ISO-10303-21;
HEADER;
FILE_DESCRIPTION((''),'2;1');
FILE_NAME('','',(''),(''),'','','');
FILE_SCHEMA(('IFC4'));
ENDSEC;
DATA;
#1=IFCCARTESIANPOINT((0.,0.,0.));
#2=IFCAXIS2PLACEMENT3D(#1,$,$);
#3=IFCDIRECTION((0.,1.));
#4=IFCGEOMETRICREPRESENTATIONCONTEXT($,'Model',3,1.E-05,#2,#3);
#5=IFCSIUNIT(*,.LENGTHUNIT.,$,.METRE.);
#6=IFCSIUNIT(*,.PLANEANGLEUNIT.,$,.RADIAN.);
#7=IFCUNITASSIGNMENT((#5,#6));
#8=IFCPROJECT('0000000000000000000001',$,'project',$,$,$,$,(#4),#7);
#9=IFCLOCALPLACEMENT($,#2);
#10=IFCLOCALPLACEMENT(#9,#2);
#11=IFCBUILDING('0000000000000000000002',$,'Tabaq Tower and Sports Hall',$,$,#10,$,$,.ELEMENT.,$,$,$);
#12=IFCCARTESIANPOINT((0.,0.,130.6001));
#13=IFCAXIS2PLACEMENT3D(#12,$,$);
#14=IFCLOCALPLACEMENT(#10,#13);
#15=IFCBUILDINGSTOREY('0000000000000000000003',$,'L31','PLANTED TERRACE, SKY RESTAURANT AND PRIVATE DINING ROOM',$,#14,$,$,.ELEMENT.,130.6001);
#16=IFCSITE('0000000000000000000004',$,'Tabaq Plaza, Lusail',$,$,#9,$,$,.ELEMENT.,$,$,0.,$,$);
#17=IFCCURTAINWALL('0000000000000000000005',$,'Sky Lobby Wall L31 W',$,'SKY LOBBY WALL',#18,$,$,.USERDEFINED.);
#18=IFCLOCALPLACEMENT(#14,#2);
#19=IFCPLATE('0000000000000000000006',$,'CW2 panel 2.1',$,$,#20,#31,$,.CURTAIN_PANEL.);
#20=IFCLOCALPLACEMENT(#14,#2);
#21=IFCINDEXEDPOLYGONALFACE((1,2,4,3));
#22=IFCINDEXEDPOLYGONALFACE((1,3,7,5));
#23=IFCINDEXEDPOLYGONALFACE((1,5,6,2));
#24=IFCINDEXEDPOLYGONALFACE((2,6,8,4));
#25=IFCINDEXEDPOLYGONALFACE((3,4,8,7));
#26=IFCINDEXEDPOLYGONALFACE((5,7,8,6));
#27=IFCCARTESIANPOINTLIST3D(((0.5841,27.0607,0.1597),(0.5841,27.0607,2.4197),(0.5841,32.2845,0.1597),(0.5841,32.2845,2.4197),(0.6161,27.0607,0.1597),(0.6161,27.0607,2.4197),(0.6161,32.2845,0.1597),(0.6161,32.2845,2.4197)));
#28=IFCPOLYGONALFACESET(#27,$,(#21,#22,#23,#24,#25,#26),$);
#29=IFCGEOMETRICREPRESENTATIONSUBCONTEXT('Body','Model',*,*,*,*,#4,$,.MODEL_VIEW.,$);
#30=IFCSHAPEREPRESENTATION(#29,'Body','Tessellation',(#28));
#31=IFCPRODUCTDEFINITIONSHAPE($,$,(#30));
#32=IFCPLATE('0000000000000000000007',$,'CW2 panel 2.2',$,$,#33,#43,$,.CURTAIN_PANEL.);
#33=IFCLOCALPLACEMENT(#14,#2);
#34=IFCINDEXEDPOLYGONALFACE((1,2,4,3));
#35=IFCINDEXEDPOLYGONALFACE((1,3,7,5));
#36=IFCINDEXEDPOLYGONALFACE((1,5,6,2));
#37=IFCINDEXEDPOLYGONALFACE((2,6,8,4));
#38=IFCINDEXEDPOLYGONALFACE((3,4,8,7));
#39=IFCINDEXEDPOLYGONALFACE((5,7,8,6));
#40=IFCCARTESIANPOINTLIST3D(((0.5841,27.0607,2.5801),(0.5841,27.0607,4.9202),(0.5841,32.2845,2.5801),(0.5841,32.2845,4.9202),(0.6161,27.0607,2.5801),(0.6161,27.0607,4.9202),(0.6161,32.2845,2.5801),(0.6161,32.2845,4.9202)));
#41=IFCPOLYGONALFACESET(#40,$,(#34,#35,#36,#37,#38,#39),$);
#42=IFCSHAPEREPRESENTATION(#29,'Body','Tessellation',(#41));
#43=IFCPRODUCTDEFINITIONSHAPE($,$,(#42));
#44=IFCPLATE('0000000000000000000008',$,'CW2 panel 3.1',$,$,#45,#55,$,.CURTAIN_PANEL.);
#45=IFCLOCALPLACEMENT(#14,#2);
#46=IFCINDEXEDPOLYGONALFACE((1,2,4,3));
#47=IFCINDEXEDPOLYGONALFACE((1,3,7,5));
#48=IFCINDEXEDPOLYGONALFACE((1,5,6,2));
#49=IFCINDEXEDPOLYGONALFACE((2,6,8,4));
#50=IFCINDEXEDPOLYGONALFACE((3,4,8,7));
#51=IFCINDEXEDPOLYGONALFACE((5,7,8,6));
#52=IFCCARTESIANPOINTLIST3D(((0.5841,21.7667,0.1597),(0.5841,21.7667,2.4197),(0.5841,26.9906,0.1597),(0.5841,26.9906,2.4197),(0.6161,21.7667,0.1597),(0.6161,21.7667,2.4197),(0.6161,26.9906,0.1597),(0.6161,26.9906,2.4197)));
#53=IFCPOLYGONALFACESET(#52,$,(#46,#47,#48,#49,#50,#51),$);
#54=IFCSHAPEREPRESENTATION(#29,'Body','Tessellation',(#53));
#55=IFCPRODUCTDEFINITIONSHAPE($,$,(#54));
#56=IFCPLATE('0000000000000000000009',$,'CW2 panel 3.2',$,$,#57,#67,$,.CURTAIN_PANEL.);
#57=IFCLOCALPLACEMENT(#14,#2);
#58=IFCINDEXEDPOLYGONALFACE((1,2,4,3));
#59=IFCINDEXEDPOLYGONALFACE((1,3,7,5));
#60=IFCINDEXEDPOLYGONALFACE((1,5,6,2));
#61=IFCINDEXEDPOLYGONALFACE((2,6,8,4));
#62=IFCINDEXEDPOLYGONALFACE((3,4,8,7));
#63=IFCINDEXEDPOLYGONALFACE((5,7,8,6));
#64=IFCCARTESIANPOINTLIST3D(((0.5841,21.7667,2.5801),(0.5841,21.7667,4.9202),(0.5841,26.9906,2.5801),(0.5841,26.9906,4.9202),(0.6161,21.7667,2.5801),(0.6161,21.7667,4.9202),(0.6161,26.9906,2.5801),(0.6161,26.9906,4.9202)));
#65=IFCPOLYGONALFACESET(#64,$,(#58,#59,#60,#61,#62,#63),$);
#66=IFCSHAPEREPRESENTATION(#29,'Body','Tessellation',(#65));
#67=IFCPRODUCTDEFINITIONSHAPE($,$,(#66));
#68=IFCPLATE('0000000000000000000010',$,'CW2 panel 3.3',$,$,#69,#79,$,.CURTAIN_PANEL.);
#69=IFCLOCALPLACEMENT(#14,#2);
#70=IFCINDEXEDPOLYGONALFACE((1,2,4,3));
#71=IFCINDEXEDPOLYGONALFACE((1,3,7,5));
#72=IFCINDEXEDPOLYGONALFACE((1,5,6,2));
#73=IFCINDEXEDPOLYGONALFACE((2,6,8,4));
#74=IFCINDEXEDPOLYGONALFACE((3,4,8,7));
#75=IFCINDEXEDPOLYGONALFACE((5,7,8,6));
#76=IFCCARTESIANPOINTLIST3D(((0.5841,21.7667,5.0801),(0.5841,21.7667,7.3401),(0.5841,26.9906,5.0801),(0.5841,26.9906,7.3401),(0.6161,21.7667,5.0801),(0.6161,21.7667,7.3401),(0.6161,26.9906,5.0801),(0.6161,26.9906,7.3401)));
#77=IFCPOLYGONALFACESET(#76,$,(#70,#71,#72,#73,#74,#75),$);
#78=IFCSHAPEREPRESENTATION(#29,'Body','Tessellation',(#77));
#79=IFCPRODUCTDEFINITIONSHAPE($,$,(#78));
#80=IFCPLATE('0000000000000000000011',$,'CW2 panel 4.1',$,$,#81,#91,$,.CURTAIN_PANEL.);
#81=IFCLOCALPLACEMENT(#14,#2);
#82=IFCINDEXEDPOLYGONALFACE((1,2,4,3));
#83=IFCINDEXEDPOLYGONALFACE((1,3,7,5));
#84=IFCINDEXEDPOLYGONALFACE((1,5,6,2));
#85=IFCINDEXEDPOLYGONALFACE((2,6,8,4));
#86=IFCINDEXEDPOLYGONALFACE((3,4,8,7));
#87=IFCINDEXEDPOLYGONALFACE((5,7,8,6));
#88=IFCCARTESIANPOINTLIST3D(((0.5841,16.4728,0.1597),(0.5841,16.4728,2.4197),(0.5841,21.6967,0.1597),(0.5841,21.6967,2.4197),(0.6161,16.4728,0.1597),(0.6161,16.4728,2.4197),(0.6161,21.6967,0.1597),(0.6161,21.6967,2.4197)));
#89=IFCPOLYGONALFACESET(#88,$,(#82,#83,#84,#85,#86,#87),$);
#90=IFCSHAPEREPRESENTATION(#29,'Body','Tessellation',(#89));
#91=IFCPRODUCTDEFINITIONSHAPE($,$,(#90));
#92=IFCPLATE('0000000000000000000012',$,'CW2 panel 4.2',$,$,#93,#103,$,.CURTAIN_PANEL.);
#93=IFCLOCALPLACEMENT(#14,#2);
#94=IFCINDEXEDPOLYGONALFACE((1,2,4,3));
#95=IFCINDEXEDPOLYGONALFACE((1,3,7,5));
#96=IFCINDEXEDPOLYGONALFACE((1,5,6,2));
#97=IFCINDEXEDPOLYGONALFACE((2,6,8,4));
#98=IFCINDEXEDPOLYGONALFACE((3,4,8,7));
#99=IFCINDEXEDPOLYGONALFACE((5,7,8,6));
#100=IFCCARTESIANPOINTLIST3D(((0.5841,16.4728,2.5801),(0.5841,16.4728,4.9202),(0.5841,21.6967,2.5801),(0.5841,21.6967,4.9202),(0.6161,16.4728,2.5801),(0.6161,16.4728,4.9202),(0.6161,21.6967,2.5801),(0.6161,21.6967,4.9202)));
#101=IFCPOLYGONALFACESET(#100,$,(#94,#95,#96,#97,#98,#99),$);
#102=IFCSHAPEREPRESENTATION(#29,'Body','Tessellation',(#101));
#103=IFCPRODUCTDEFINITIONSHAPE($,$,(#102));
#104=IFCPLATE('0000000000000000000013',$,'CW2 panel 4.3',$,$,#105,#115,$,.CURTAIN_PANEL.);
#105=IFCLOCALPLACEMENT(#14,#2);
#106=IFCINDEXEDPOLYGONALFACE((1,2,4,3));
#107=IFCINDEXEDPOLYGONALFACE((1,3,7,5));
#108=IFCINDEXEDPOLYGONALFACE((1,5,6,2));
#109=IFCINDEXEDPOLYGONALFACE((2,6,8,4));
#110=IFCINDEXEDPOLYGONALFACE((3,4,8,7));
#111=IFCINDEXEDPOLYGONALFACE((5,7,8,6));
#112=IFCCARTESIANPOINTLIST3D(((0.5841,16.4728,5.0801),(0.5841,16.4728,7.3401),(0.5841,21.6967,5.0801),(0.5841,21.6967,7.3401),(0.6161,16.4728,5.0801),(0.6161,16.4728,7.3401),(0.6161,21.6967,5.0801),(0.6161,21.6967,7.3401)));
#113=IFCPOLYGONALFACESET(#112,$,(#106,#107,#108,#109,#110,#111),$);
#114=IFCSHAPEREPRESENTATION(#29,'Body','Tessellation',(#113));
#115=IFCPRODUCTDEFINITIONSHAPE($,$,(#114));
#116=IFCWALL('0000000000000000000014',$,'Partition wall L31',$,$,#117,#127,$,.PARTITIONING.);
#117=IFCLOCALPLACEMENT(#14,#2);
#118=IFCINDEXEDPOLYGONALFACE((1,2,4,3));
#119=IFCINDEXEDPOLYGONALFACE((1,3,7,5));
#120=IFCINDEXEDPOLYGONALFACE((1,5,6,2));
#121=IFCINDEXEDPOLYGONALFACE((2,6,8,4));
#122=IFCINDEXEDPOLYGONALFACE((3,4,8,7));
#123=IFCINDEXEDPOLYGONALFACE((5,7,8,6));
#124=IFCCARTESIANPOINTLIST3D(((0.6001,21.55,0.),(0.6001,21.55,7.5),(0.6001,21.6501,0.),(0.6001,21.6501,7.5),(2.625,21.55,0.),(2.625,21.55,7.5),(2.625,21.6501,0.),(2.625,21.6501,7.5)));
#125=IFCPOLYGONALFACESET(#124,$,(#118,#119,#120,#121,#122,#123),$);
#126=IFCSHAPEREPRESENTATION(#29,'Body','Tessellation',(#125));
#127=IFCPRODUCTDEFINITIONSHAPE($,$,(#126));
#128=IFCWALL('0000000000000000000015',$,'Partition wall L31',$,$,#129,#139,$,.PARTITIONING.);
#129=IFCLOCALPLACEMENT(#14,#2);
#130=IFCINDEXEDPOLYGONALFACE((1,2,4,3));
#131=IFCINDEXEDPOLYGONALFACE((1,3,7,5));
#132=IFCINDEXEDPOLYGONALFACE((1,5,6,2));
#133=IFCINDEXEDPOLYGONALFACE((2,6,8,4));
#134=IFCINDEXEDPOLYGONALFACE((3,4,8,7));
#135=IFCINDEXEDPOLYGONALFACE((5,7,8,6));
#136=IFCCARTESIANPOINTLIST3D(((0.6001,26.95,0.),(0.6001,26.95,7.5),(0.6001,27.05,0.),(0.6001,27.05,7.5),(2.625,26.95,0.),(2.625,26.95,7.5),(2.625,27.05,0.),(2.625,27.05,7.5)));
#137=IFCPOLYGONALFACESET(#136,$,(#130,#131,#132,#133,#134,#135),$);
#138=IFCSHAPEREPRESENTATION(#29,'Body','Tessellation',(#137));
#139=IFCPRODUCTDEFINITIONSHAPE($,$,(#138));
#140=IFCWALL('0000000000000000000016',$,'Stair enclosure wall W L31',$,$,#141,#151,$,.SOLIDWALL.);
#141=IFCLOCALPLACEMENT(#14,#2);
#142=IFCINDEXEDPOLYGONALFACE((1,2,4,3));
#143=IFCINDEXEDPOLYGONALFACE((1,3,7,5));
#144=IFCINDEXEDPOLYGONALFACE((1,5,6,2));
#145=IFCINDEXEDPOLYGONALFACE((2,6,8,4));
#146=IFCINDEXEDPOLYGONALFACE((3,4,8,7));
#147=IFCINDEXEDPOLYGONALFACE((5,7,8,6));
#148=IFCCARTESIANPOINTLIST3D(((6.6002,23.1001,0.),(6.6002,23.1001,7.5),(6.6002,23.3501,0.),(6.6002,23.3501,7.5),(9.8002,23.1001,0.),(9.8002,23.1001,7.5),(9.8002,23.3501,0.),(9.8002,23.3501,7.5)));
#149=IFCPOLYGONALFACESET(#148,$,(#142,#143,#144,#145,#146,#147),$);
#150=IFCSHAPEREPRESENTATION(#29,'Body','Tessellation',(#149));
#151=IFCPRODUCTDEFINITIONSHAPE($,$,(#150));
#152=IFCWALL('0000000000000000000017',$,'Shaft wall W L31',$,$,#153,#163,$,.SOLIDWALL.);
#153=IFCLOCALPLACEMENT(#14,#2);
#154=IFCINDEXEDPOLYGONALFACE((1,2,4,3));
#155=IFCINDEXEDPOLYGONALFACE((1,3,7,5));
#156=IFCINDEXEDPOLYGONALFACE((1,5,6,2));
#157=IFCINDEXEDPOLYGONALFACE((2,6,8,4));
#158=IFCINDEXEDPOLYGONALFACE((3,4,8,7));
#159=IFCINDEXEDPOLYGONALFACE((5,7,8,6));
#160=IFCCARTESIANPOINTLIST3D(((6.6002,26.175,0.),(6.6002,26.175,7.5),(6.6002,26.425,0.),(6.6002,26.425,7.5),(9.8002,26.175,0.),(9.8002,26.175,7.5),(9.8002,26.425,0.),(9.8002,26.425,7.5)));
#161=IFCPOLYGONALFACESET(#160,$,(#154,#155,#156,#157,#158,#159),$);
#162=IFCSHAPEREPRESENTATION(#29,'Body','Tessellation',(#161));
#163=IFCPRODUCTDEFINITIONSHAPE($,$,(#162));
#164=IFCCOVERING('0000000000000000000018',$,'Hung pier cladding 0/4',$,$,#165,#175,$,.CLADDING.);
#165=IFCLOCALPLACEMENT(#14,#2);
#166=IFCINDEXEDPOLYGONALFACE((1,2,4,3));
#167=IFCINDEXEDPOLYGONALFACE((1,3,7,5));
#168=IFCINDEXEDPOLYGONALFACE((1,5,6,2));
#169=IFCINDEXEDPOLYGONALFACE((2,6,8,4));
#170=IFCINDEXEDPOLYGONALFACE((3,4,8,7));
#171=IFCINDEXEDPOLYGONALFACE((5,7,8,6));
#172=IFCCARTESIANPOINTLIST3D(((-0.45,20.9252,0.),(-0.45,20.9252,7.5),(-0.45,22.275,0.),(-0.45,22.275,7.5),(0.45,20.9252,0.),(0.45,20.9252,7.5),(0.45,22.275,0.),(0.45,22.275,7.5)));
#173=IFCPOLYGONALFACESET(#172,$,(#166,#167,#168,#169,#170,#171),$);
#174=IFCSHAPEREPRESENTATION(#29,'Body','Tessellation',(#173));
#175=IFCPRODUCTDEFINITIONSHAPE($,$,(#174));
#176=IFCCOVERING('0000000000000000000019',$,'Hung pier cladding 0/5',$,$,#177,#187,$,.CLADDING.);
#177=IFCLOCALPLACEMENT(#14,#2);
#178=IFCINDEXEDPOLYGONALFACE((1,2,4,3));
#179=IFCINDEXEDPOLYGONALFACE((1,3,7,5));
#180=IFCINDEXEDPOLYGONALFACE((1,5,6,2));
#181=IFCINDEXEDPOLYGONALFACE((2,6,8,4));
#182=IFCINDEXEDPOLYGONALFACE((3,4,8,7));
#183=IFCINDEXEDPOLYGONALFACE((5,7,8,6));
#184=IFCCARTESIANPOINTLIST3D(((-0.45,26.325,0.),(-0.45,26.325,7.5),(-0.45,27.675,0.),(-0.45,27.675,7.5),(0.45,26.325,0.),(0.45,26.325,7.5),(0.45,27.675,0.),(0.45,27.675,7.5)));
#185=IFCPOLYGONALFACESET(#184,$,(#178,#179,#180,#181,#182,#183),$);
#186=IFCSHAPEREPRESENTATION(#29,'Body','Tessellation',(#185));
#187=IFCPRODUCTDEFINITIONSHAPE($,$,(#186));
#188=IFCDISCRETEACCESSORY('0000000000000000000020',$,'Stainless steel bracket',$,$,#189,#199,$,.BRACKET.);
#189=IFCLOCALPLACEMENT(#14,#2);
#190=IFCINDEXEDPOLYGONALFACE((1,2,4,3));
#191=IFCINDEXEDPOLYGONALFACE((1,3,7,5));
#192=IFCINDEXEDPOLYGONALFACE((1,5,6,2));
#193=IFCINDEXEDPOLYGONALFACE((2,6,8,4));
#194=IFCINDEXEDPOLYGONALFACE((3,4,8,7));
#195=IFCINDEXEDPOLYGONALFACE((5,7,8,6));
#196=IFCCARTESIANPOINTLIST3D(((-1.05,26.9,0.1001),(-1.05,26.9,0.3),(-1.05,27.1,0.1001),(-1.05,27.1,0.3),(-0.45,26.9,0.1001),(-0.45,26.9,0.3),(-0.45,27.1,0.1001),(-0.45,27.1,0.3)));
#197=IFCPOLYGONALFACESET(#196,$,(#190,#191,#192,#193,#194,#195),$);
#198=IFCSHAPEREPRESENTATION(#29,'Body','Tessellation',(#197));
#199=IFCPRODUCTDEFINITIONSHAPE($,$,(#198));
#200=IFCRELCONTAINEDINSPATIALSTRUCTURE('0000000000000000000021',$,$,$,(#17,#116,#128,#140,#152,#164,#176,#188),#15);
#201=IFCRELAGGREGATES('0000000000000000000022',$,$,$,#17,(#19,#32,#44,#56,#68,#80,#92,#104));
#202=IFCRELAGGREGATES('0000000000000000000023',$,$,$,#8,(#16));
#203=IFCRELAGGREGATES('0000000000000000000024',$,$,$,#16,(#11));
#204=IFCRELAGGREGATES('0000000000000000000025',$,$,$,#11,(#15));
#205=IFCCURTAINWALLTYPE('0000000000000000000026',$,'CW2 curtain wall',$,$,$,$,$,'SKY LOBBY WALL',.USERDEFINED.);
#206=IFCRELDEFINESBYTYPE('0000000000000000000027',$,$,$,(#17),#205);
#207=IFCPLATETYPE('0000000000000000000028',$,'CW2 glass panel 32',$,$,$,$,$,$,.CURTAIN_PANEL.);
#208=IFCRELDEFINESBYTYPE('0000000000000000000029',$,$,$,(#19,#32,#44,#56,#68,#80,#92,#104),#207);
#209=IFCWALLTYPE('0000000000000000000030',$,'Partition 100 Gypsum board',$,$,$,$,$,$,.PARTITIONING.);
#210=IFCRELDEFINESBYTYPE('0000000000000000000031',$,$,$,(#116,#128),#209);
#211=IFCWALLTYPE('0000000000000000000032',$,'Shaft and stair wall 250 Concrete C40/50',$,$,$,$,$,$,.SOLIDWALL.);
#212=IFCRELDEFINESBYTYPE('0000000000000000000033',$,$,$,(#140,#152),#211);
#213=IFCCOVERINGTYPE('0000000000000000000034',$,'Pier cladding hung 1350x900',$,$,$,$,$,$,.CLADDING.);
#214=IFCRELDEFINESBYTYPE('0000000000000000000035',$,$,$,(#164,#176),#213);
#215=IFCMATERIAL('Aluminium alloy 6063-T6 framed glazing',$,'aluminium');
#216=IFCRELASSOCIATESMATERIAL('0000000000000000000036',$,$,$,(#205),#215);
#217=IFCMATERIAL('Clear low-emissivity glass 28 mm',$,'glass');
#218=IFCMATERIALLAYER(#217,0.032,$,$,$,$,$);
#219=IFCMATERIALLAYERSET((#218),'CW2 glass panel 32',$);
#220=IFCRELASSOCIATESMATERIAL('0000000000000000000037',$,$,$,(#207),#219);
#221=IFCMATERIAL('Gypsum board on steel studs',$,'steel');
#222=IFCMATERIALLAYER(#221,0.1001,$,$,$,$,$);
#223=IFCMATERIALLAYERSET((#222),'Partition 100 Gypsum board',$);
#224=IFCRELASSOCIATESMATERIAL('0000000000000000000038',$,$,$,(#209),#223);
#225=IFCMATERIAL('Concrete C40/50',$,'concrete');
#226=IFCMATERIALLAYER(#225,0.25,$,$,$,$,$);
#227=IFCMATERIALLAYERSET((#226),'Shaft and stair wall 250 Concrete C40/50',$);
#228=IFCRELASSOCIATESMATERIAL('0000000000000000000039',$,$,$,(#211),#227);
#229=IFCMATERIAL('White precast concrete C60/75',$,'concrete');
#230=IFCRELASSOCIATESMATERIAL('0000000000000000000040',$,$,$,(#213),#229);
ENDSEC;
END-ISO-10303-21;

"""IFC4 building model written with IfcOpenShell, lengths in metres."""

from ifc_helpers import new_model, si_unit, direction, frame, frame_2d, origin, origin_2d, place, context, subcontext, project, spatial, rectangle, extrude, material, layer, layer_set, type_object, element, aggregate, save


model = new_model("IFC4")

# Units and contexts
model_context = context("Model", 3, precision=1e-05, world=origin(), true_north=direction((0.0, 1.0)))
body_context = subcontext(model_context, "Body", "Model", "MODEL_VIEW")
ifc_project = project(units=[si_unit("LENGTHUNIT", "METRE"), si_unit("PLANEANGLEUNIT", "RADIAN")], contexts=[model_context])

# Site, building, storey
site_placement = place(None, origin())
site = spatial("IfcSite", under=ifc_project, at=site_placement, Name="Tabaq Plaza, Lusail", CompositionType="ELEMENT", RefElevation=0.0)
building_placement = place(site_placement, origin())
building = spatial("IfcBuilding", under=site, at=building_placement, Name="Tabaq Tower and Sports Hall", CompositionType="ELEMENT")
storey_placement = place(building_placement, frame((0.0, 0.0, 130.6001)))
storey = spatial("IfcBuildingStorey", under=building, at=storey_placement, Name="L31", Description="PLANTED TERRACE, SKY RESTAURANT AND PRIVATE DINING ROOM", CompositionType="ELEMENT", Elevation=130.6001)

# Curtain wall
ifc_material_1 = material(Name="Aluminium alloy 6063-T6 framed glazing", Category="aluminium")
curtain_wall_type = type_object("IfcCurtainWallType", Name="CW2 curtain wall", ElementType="SKY LOBBY WALL", PredefinedType="USERDEFINED", material=ifc_material_1)
curtain_wall_placement = place(storey_placement, origin())
curtain_wall = element("IfcCurtainWall", 1, at=curtain_wall_placement, inside=storey, type_object=curtain_wall_type, Name="Sky Lobby Wall L31 W", ObjectType="SKY LOBBY WALL", PredefinedType="USERDEFINED")

# Plates
ifc_material_2 = material(Name="Clear low-emissivity glass 28 mm", Category="glass")
ifc_layer_1 = layer(ifc_material_2, 0.032)
ifc_layer_set_1 = layer_set([ifc_layer_1], Name="CW2 glass panel 32")
plate_type = type_object("IfcPlateType", Name="CW2 glass panel 32", PredefinedType="CURTAIN_PANEL", material=ifc_layer_set_1)
plate_1_placement = place(storey_placement, frame((0.6001, 29.6726, 0.1597), z_axis=(0.0, 0.0, 1.0), x_axis=(0.0, -1.0, 0.0)))
plate_1 = element("IfcPlate", 2, at=plate_1_placement, type_object=plate_type, Name="CW2 panel 2.1", PredefinedType="CURTAIN_PANEL", context=body_context, shape_type="SweptSolid", body=[
    extrude(rectangle(XDim=5.2239, YDim=0.032, at=origin_2d()), origin(), (0.0, 0.0, 1.0), 2.26),
])
plate_2_placement = place(storey_placement, frame((0.6001, 29.6726, 2.5801), z_axis=(0.0, 0.0, 1.0), x_axis=(0.0, -1.0, 0.0)))
plate_2 = element("IfcPlate", 3, at=plate_2_placement, type_object=plate_type, Name="CW2 panel 2.2", PredefinedType="CURTAIN_PANEL", context=body_context, shape_type="SweptSolid", body=[
    extrude(rectangle(XDim=5.2239, YDim=0.032, at=origin_2d()), origin(), (0.0, 0.0, 1.0), 2.3401),
])
plate_3_placement = place(storey_placement, frame((0.6001, 24.3787, 0.1597), z_axis=(0.0, 0.0, 1.0), x_axis=(0.0, -1.0, 0.0)))
plate_3 = element("IfcPlate", 4, at=plate_3_placement, type_object=plate_type, Name="CW2 panel 3.1", PredefinedType="CURTAIN_PANEL", context=body_context, shape_type="SweptSolid", body=[
    extrude(rectangle(XDim=5.2239, YDim=0.032, at=origin_2d()), origin(), (0.0, 0.0, 1.0), 2.26),
])
plate_4_placement = place(storey_placement, frame((0.6001, 24.3787, 2.5801), z_axis=(0.0, 0.0, 1.0), x_axis=(0.0, -1.0, 0.0)))
plate_4 = element("IfcPlate", 5, at=plate_4_placement, type_object=plate_type, Name="CW2 panel 3.2", PredefinedType="CURTAIN_PANEL", context=body_context, shape_type="SweptSolid", body=[
    extrude(rectangle(XDim=5.2239, YDim=0.032, at=origin_2d()), origin(), (0.0, 0.0, 1.0), 2.3401),
])
plate_5_placement = place(storey_placement, frame((0.6001, 24.3787, 5.0801), z_axis=(0.0, 0.0, 1.0), x_axis=(0.0, -1.0, 0.0)))
plate_5 = element("IfcPlate", 6, at=plate_5_placement, type_object=plate_type, Name="CW2 panel 3.3", PredefinedType="CURTAIN_PANEL", context=body_context, shape_type="SweptSolid", body=[
    extrude(rectangle(XDim=5.2239, YDim=0.032, at=origin_2d()), origin(), (0.0, 0.0, 1.0), 2.26),
])
plate_6_placement = place(storey_placement, frame((0.6001, 19.0847, 0.1597), z_axis=(0.0, 0.0, 1.0), x_axis=(0.0, -1.0, 0.0)))
plate_6 = element("IfcPlate", 7, at=plate_6_placement, type_object=plate_type, Name="CW2 panel 4.1", PredefinedType="CURTAIN_PANEL", context=body_context, shape_type="SweptSolid", body=[
    extrude(rectangle(XDim=5.2239, YDim=0.032, at=origin_2d()), origin(), (0.0, 0.0, 1.0), 2.26),
])
plate_7_placement = place(storey_placement, frame((0.6001, 19.0847, 2.5801), z_axis=(0.0, 0.0, 1.0), x_axis=(0.0, -1.0, 0.0)))
plate_7 = element("IfcPlate", 8, at=plate_7_placement, type_object=plate_type, Name="CW2 panel 4.2", PredefinedType="CURTAIN_PANEL", context=body_context, shape_type="SweptSolid", body=[
    extrude(rectangle(XDim=5.2239, YDim=0.032, at=origin_2d()), origin(), (0.0, 0.0, 1.0), 2.3401),
])
plate_8_placement = place(storey_placement, frame((0.6001, 19.0847, 5.0801), z_axis=(0.0, 0.0, 1.0), x_axis=(0.0, -1.0, 0.0)))
plate_8 = element("IfcPlate", 9, at=plate_8_placement, type_object=plate_type, Name="CW2 panel 4.3", PredefinedType="CURTAIN_PANEL", context=body_context, shape_type="SweptSolid", body=[
    extrude(rectangle(XDim=5.2239, YDim=0.032, at=origin_2d()), origin(), (0.0, 0.0, 1.0), 2.26),
])
aggregate(curtain_wall, [plate_1, plate_2, plate_3, plate_4, plate_5, plate_6, plate_7, plate_8])

# Walls
ifc_material_3 = material(Name="Gypsum board on steel studs", Category="steel")
ifc_layer_2 = layer(ifc_material_3, 0.1001)
ifc_layer_set_2 = layer_set([ifc_layer_2], Name="Partition 100 Gypsum board")
wall_type_1 = type_object("IfcWallType", Name="Partition 100 Gypsum board", PredefinedType="PARTITIONING", material=ifc_layer_set_2)
for number, where, z_axis, x_axis, name in (
    (10, (2.625, 21.6001, 0.0), (0.0, 0.0, 1.0), (-1.0, 0.0, 0.0), "Partition wall L31"),
    (11, (2.625, 27.0, 0.0), (0.0, 0.0, 1.0), (-1.0, 0.0, 0.0), "Partition wall L31"),
):
    element("IfcWall", number, at=place(storey_placement, frame(where, z_axis=z_axis, x_axis=x_axis)), inside=storey, type_object=wall_type_1, Name=name, PredefinedType="PARTITIONING", context=body_context, shape_type="SweptSolid", body=[
        extrude(rectangle(XDim=2.0249, YDim=0.1001, at=frame_2d((1.0125, 0.0))), origin(), (0.0, 0.0, 1.0), 7.5),
    ])
ifc_material_4 = material(Name="Concrete C40/50", Category="concrete")
ifc_layer_3 = layer(ifc_material_4, 0.25)
ifc_layer_set_3 = layer_set([ifc_layer_3], Name="Shaft and stair wall 250 Concrete C40/50")
wall_type_2 = type_object("IfcWallType", Name="Shaft and stair wall 250 Concrete C40/50", PredefinedType="SOLIDWALL", material=ifc_layer_set_3)
for number, where, z_axis, x_axis, name in (
    (12, (6.6001, 23.2251, 0.0), (0.0, 0.0, 1.0), (1.0, 0.0, 0.0), "Stair enclosure wall W L31"),
    (13, (6.6001, 26.3, 0.0), (0.0, 0.0, 1.0), (1.0, 0.0, 0.0), "Shaft wall W L31"),
):
    element("IfcWall", number, at=place(storey_placement, frame(where, z_axis=z_axis, x_axis=x_axis)), inside=storey, type_object=wall_type_2, Name=name, PredefinedType="SOLIDWALL", context=body_context, shape_type="SweptSolid", body=[
        extrude(rectangle(XDim=3.2, YDim=0.25, at=frame_2d((1.6001, 0.0))), origin(), (0.0, 0.0, 1.0), 7.5),
    ])

# Coverings
ifc_material_5 = material(Name="White precast concrete C60/75", Category="concrete")
covering_type_1 = type_object("IfcCoveringType", Name="Pier cladding hung 1350x900", PredefinedType="CLADDING", material=ifc_material_5)
covering_1_placement = place(storey_placement, frame((0.0, 22.2749, 0.0), z_axis=(0.0, 0.0, 1.0), x_axis=(0.0, -1.0, 0.0)))
element("IfcCovering", 14, at=covering_1_placement, inside=storey, type_object=covering_type_1, Name="Hung pier cladding 0/4", PredefinedType="CLADDING", context=body_context, shape_type="SweptSolid", body=[
    extrude(rectangle(XDim=1.3499, YDim=0.8999, at=frame_2d((0.6748, 0.0))), origin(), (0.0, 0.0, 1.0), 7.5),
])
covering_2_placement = place(storey_placement, frame((0.0, 27.675, 0.0), z_axis=(0.0, 0.0, 1.0), x_axis=(0.0, -1.0, 0.0)))
element("IfcCovering", 15, at=covering_2_placement, inside=storey, type_object=covering_type_1, Name="Hung pier cladding 0/5", PredefinedType="CLADDING", context=body_context, shape_type="SweptSolid", body=[
    extrude(rectangle(XDim=1.3501, YDim=0.8999, at=frame_2d((0.675, 0.0))), origin(), (0.0, 0.0, 1.0), 7.5),
])

# Discrete accessory
for number, where, z_axis, x_axis, name in (
    (16, (-0.75, 27.0, 0.1001), (0.0, 0.0, 1.0), (-1.0, 0.0, 0.0), "Stainless steel bracket"),
):
    element("IfcDiscreteAccessory", number, at=place(storey_placement, frame(where, z_axis=z_axis, x_axis=x_axis)), inside=storey, Name=name, PredefinedType="BRACKET", context=body_context, shape_type="SweptSolid", body=[
        extrude(rectangle(XDim=0.6001, YDim=0.2, at=origin_2d()), origin(), (0.0, 0.0, 1.0), 0.2),
    ])

save(model, "model.ifc")
